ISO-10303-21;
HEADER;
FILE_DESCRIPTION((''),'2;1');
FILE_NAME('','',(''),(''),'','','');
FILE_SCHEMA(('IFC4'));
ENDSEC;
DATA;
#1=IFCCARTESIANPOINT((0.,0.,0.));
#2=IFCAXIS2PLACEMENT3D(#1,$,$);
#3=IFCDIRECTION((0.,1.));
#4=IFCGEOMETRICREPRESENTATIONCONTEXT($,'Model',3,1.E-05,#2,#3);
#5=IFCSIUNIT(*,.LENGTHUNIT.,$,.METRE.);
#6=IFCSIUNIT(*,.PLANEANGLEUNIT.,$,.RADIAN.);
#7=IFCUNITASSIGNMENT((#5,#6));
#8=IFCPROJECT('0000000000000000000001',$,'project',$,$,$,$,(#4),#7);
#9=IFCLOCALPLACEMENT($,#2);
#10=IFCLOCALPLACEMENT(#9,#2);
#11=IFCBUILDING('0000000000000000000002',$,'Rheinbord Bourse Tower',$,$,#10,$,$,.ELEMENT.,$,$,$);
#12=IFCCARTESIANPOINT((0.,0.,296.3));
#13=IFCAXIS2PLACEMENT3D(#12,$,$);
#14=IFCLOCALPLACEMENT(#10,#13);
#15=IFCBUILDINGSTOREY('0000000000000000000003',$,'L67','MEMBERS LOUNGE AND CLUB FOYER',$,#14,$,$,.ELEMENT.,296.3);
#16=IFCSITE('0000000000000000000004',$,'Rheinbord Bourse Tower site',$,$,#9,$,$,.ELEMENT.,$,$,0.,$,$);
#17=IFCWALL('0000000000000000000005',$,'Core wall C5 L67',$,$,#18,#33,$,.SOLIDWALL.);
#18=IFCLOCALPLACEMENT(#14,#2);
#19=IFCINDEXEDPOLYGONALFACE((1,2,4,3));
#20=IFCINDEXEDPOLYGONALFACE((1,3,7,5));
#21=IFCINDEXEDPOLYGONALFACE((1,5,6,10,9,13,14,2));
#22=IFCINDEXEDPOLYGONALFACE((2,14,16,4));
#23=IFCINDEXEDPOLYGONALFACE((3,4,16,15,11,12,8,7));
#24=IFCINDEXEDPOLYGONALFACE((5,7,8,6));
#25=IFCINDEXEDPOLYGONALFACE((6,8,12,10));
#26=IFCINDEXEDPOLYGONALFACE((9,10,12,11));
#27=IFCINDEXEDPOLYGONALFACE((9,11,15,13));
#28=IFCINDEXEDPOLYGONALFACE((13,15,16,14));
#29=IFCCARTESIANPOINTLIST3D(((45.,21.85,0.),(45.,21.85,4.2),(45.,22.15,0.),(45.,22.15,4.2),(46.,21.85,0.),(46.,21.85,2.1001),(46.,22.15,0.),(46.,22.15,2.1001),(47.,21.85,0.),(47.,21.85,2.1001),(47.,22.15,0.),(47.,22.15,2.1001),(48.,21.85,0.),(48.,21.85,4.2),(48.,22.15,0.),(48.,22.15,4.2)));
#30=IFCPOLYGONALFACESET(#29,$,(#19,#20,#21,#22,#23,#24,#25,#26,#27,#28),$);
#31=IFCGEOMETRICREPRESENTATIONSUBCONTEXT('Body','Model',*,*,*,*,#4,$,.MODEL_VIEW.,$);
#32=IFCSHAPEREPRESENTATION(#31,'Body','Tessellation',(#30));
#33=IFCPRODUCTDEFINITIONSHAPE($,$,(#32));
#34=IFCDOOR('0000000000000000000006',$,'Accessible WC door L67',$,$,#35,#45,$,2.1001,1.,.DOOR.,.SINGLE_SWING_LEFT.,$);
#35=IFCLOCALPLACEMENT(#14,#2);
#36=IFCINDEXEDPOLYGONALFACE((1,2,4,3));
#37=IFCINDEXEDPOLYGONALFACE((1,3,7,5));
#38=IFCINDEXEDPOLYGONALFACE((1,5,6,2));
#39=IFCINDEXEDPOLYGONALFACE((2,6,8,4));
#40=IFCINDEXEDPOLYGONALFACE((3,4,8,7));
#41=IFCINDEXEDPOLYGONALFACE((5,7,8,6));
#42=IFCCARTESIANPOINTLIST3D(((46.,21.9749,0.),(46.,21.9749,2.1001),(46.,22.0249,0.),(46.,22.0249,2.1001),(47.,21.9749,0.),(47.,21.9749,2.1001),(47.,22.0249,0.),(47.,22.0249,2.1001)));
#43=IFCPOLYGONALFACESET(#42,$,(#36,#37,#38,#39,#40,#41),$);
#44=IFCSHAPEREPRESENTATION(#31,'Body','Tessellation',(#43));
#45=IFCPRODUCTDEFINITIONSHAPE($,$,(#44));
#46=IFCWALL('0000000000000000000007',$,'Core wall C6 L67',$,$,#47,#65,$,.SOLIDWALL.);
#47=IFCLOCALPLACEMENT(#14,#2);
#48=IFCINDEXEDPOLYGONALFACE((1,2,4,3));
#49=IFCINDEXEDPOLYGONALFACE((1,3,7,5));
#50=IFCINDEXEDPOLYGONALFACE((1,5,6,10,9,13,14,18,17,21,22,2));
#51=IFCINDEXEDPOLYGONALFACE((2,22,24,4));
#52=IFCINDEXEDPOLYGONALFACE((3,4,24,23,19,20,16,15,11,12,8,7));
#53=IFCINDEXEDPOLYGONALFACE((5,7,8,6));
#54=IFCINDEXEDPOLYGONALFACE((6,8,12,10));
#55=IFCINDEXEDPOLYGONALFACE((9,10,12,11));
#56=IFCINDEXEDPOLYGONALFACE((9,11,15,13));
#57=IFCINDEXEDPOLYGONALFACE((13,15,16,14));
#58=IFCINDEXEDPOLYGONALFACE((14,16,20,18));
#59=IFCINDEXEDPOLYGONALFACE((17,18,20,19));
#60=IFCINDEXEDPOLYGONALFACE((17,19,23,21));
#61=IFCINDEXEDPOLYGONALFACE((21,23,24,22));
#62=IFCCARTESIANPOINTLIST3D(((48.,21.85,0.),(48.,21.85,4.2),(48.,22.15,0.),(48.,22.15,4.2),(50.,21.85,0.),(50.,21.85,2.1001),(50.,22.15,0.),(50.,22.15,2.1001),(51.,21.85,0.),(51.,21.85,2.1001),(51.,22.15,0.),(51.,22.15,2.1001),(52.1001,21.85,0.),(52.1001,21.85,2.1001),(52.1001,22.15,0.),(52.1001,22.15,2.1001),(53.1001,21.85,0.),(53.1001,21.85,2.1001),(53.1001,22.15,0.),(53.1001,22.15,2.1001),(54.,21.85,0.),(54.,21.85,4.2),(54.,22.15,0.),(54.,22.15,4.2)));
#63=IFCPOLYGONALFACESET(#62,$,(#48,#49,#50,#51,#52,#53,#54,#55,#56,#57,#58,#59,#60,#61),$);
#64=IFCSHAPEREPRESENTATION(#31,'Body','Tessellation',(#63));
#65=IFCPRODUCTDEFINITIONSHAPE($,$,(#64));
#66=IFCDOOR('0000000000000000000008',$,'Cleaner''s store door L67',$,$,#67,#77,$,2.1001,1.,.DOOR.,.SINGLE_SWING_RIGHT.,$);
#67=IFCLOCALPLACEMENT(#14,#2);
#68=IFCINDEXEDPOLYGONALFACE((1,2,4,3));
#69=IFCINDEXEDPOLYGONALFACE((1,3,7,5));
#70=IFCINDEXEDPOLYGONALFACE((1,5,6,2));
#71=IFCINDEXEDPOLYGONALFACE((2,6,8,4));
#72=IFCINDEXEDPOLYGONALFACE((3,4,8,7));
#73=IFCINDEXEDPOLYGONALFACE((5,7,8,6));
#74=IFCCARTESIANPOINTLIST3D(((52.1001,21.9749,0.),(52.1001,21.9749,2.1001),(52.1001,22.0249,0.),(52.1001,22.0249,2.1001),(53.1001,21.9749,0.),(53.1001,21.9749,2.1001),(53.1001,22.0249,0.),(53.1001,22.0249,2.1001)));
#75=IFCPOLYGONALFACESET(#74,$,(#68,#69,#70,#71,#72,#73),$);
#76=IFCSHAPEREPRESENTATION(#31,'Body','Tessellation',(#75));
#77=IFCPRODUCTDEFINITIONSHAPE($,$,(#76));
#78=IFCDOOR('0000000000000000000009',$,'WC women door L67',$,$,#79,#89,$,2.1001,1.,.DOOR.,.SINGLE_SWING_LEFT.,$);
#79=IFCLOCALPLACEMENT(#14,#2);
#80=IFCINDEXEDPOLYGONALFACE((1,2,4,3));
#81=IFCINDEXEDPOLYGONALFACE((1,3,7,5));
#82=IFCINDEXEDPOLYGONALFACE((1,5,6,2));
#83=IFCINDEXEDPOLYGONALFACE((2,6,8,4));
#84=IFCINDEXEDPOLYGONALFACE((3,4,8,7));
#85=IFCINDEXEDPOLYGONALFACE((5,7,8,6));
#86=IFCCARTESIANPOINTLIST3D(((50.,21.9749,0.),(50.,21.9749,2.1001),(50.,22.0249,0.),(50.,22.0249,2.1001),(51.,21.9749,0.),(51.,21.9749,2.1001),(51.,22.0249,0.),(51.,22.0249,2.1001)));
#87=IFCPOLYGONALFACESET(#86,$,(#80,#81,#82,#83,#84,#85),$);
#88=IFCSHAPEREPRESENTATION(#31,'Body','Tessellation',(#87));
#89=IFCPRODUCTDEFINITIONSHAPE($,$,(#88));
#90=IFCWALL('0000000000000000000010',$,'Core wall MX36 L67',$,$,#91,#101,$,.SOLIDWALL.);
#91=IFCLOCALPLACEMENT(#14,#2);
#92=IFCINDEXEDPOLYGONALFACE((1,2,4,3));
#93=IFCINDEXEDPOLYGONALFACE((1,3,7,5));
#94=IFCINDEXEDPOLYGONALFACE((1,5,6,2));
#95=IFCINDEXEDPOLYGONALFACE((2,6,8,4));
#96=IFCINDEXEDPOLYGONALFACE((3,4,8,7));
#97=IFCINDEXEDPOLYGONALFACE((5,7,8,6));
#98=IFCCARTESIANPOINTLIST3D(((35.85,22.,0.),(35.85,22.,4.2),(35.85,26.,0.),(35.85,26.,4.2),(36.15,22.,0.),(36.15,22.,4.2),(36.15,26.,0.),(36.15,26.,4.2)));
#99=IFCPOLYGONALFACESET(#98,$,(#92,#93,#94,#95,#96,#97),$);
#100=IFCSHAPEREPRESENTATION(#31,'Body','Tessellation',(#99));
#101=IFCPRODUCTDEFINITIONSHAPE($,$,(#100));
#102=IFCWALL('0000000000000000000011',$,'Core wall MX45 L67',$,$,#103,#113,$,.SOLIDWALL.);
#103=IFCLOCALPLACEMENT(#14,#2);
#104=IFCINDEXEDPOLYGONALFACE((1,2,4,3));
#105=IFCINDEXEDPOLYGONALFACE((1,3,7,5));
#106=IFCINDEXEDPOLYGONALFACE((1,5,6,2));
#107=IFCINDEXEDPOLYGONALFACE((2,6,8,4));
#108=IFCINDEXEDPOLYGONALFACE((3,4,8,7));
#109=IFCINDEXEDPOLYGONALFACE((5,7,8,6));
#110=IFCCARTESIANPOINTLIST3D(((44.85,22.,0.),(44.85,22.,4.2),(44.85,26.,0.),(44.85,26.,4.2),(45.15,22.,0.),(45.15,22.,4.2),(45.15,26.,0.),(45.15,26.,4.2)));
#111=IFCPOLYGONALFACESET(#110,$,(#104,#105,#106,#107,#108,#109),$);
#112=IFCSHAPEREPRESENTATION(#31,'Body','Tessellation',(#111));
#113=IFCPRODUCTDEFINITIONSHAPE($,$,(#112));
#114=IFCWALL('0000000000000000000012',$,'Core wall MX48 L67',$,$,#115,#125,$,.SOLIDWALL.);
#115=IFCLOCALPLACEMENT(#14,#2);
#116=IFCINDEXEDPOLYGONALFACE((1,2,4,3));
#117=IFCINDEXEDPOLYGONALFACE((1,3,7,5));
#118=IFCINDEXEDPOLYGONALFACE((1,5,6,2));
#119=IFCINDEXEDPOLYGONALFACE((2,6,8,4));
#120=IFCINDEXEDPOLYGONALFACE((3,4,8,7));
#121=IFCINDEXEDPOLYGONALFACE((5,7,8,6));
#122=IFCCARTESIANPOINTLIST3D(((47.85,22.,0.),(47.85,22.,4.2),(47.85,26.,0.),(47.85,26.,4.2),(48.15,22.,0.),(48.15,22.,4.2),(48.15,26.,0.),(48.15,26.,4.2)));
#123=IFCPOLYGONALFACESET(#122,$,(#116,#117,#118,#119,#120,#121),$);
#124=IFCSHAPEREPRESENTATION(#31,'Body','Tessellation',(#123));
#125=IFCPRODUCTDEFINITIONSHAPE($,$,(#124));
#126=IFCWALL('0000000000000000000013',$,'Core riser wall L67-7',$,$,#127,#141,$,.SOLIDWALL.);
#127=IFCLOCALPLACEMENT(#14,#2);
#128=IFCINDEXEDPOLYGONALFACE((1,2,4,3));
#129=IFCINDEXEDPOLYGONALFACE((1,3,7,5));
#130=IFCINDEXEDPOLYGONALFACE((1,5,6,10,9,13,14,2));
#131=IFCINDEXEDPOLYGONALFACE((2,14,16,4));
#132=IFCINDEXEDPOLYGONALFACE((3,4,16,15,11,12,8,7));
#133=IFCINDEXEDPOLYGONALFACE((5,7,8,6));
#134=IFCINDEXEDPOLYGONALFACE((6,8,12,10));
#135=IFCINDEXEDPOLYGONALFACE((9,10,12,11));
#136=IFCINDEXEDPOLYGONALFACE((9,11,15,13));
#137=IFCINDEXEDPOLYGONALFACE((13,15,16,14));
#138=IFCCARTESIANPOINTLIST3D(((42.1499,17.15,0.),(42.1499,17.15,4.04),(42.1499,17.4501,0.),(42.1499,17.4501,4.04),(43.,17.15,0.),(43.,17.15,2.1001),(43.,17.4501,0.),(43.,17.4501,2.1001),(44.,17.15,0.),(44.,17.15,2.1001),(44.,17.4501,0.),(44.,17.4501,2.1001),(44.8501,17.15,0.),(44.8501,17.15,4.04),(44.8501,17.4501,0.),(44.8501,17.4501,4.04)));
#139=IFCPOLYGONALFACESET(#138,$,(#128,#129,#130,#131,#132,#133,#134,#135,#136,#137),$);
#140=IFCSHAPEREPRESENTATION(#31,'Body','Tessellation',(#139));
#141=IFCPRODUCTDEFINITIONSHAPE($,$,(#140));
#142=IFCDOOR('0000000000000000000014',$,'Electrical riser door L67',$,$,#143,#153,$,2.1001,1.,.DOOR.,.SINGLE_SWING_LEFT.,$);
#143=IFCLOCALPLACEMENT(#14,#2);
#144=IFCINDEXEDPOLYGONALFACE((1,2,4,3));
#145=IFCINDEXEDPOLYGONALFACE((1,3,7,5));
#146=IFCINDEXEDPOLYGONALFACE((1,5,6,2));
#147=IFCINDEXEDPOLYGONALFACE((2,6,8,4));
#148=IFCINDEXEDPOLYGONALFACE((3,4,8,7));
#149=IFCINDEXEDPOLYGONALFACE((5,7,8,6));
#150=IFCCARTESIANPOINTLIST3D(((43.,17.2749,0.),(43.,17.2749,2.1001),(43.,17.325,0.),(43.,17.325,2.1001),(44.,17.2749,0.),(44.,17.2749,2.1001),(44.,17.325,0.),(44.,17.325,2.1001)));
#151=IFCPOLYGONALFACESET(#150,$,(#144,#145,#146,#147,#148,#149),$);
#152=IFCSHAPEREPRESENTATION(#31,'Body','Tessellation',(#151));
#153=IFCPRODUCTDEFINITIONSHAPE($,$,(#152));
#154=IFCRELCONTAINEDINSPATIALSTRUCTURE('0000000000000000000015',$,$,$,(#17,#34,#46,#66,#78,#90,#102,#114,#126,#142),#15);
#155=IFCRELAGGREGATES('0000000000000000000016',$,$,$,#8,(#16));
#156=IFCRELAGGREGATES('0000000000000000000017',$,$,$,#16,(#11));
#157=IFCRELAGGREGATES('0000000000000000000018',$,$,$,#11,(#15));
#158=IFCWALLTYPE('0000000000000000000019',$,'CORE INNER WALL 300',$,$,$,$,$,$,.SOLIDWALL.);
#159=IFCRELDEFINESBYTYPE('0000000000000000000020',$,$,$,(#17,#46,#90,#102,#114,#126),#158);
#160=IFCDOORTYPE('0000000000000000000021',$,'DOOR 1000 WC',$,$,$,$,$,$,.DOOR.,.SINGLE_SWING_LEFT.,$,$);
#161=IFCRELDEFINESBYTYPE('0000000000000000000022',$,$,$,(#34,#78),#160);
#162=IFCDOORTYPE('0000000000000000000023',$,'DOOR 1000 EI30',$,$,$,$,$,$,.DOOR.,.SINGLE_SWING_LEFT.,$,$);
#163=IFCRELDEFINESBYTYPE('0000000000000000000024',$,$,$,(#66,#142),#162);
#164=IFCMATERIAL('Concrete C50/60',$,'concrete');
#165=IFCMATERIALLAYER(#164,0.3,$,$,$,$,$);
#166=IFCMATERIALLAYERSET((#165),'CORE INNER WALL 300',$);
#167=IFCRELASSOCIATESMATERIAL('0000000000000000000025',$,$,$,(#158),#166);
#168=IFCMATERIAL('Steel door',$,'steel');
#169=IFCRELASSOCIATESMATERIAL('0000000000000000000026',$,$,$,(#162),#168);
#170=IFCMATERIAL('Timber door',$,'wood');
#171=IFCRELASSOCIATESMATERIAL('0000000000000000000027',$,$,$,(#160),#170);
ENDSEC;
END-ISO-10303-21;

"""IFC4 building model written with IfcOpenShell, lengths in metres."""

from ifc_helpers import new_model, si_unit, direction, frame, frame_2d, origin, place, context, subcontext, project, spatial, rectangle, extrude, material, layer, layer_set, type_object, element, fill, save


model = new_model("IFC4")

# Units and contexts
model_context = context("Model", 3, precision=1e-05, world=origin(), true_north=direction((0.0, 1.0)))
body_context = subcontext(model_context, "Body", "Model", "MODEL_VIEW")
ifc_project = project(units=[si_unit("LENGTHUNIT", "METRE"), si_unit("PLANEANGLEUNIT", "RADIAN")], contexts=[model_context])

# Site, building, storey
site_placement = place(None, origin())
site = spatial("IfcSite", under=ifc_project, at=site_placement, Name="Rheinbord Bourse Tower site", CompositionType="ELEMENT", RefElevation=0.0)
building_placement = place(site_placement, origin())
building = spatial("IfcBuilding", under=site, at=building_placement, Name="Rheinbord Bourse Tower", CompositionType="ELEMENT")
storey_placement = place(building_placement, frame((0.0, 0.0, 296.3)))
storey = spatial("IfcBuildingStorey", under=building, at=storey_placement, Name="L67", Description="MEMBERS LOUNGE AND CLUB FOYER", CompositionType="ELEMENT", Elevation=296.3)

# Wall, opening, door
ifc_material_1 = material(Name="Concrete C50/60", Category="concrete")
ifc_layer_1 = layer(ifc_material_1, 0.3)
ifc_layer_set_1 = layer_set([ifc_layer_1], Name="CORE INNER WALL 300")
wall_type_1 = type_object("IfcWallType", Name="CORE INNER WALL 300", PredefinedType="SOLIDWALL", material=ifc_layer_set_1)
ifc_material_2 = material(Name="Steel door", Category="steel")
door_type_1 = type_object("IfcDoorType", Name="DOOR 1000 EI30", OperationType="SINGLE_SWING_LEFT", PredefinedType="DOOR", material=ifc_material_2)
wall_1_placement = place(storey_placement, frame((45.0, 22.0, 0.0), z_axis=(0.0, 0.0, 1.0), x_axis=(1.0, 0.0, 0.0)))
wall_1 = element("IfcWall", 1, at=wall_1_placement, inside=storey, type_object=wall_type_1, Name="Core wall C5 L67", PredefinedType="SOLIDWALL", context=body_context, shape_type="SweptSolid", body=[
    extrude(rectangle(XDim=3.0, YDim=0.3, at=frame_2d((1.5, 0.0))), origin(), (0.0, 0.0, 1.0), 4.2),
])
opening_1_placement = place(wall_1_placement, frame((1.0, 0.0, 0.0)))
opening_1 = element("IfcOpeningElement", 2, at=opening_1_placement, cuts=wall_1, PredefinedType="OPENING", context=body_context, shape_type="SweptSolid", body=[
    extrude(rectangle(XDim=1.0, YDim=2.1001, at=frame_2d((0.5, 1.05))), frame((0.0, 0.1599, 0.0), z_axis=(0.0, -1.0, 0.0), x_axis=(1.0, 0.0, 0.0)), (0.0, 0.0, 1.0), 0.3201),
])
ifc_material_3 = material(Name="Timber door", Category="wood")
door_type_2 = type_object("IfcDoorType", Name="DOOR 1000 WC", OperationType="SINGLE_SWING_LEFT", PredefinedType="DOOR", material=ifc_material_3)
door_1_placement = place(opening_1_placement, origin())
door_1 = element("IfcDoor", 3, at=door_1_placement, inside=storey, type_object=door_type_2, Name="Accessible WC door L67", OperationType="SINGLE_SWING_LEFT", OverallHeight=2.1001, OverallWidth=1.0, PredefinedType="DOOR", context=body_context, shape_type="SweptSolid", body=[
    extrude(rectangle(XDim=1.0, YDim=2.1001, at=frame_2d((0.5, 1.05))), frame((0.0, 0.0249, 0.0), z_axis=(0.0, -1.0, 0.0), x_axis=(1.0, 0.0, 0.0)), (0.0, 0.0, 1.0), 0.05),
])
fill(opening_1, door_1)

# Wall, openings, doors
wall_2_placement = place(storey_placement, frame((48.0, 22.0, 0.0), z_axis=(0.0, 0.0, 1.0), x_axis=(1.0, 0.0, 0.0)))
wall_2 = element("IfcWall", 4, at=wall_2_placement, inside=storey, type_object=wall_type_1, Name="Core wall C6 L67", PredefinedType="SOLIDWALL", context=body_context, shape_type="SweptSolid", body=[
    extrude(rectangle(XDim=6.0, YDim=0.3, at=frame_2d((3.0, 0.0))), origin(), (0.0, 0.0, 1.0), 4.2),
])
opening_2_placement = place(wall_2_placement, frame((2.0, 0.0, 0.0)))
opening_2 = element("IfcOpeningElement", 5, at=opening_2_placement, cuts=wall_2, PredefinedType="OPENING", context=body_context, shape_type="SweptSolid", body=[
    extrude(rectangle(XDim=1.0, YDim=2.1001, at=frame_2d((0.5, 1.05))), frame((0.0, 0.1599, 0.0), z_axis=(0.0, -1.0, 0.0), x_axis=(1.0, 0.0, 0.0)), (0.0, 0.0, 1.0), 0.3201),
])
opening_3_placement = place(wall_2_placement, frame((4.1001, 0.0, 0.0)))
opening_3 = element("IfcOpeningElement", 6, at=opening_3_placement, cuts=wall_2, PredefinedType="OPENING", context=body_context, shape_type="SweptSolid", body=[
    extrude(rectangle(XDim=1.0, YDim=2.1001, at=frame_2d((0.5, 1.05))), frame((0.0, 0.1599, 0.0), z_axis=(0.0, -1.0, 0.0), x_axis=(1.0, 0.0, 0.0)), (0.0, 0.0, 1.0), 0.3201),
])
door_2_placement = place(opening_3_placement, origin())
door_2 = element("IfcDoor", 7, at=door_2_placement, inside=storey, type_object=door_type_1, Name="Cleaner's store door L67", OperationType="SINGLE_SWING_RIGHT", OverallHeight=2.1001, OverallWidth=1.0, PredefinedType="DOOR", context=body_context, shape_type="SweptSolid", body=[
    extrude(rectangle(XDim=1.0, YDim=2.1001, at=frame_2d((0.5, 1.05))), frame((0.0, 0.0249, 0.0), z_axis=(0.0, -1.0, 0.0), x_axis=(1.0, 0.0, 0.0)), (0.0, 0.0, 1.0), 0.05),
])
fill(opening_3, door_2)
door_3_placement = place(opening_2_placement, origin())
door_3 = element("IfcDoor", 8, at=door_3_placement, inside=storey, type_object=door_type_2, Name="WC women door L67", OperationType="SINGLE_SWING_LEFT", OverallHeight=2.1001, OverallWidth=1.0, PredefinedType="DOOR", context=body_context, shape_type="SweptSolid", body=[
    extrude(rectangle(XDim=1.0, YDim=2.1001, at=frame_2d((0.5, 1.05))), frame((0.0, 0.0249, 0.0), z_axis=(0.0, -1.0, 0.0), x_axis=(1.0, 0.0, 0.0)), (0.0, 0.0, 1.0), 0.05),
])
fill(opening_2, door_3)

# Walls
for number, where, z_axis, x_axis, name in (
    (9, (36.0, 22.0, 0.0), (0.0, 0.0, 1.0), (0.0, 1.0, 0.0), "Core wall MX36 L67"),
    (10, (45.0, 22.0, 0.0), (0.0, 0.0, 1.0), (0.0, 1.0, 0.0), "Core wall MX45 L67"),
    (11, (48.0, 22.0, 0.0), (0.0, 0.0, 1.0), (0.0, 1.0, 0.0), "Core wall MX48 L67"),
):
    element("IfcWall", number, at=place(storey_placement, frame(where, z_axis=z_axis, x_axis=x_axis)), inside=storey, type_object=wall_type_1, Name=name, PredefinedType="SOLIDWALL", context=body_context, shape_type="SweptSolid", body=[
        extrude(rectangle(XDim=4.0, YDim=0.3, at=frame_2d((2.0, 0.0))), origin(), (0.0, 0.0, 1.0), 4.2),
    ])

# Wall, opening, door
wall_3_placement = place(storey_placement, frame((42.1499, 17.3, 0.0), z_axis=(0.0, 0.0, 1.0), x_axis=(1.0, 0.0, 0.0)))
wall_3 = element("IfcWall", 12, at=wall_3_placement, inside=storey, type_object=wall_type_1, Name="Core riser wall L67-7", PredefinedType="SOLIDWALL", context=body_context, shape_type="SweptSolid", body=[
    extrude(rectangle(XDim=2.7002, YDim=0.3, at=frame_2d((1.3501, 0.0))), origin(), (0.0, 0.0, 1.0), 4.04),
])
opening_4_placement = place(wall_3_placement, frame((0.8501, 0.0, 0.0)))
opening_4 = element("IfcOpeningElement", 13, at=opening_4_placement, cuts=wall_3, PredefinedType="OPENING", context=body_context, shape_type="SweptSolid", body=[
    extrude(rectangle(XDim=1.0, YDim=2.1001, at=frame_2d((0.5, 1.05))), frame((0.0, 0.1599, 0.0), z_axis=(0.0, -1.0, 0.0), x_axis=(1.0, 0.0, 0.0)), (0.0, 0.0, 1.0), 0.3201),
])
door_4_placement = place(opening_4_placement, origin())
door_4 = element("IfcDoor", 14, at=door_4_placement, inside=storey, type_object=door_type_1, Name="Electrical riser door L67", OperationType="SINGLE_SWING_LEFT", OverallHeight=2.1001, OverallWidth=1.0, PredefinedType="DOOR", context=body_context, shape_type="SweptSolid", body=[
    extrude(rectangle(XDim=1.0, YDim=2.1001, at=frame_2d((0.5, 1.05))), frame((0.0, 0.0249, 0.0), z_axis=(0.0, -1.0, 0.0), x_axis=(1.0, 0.0, 0.0)), (0.0, 0.0, 1.0), 0.05),
])
fill(opening_4, door_4)

save(model, "model.ifc")
